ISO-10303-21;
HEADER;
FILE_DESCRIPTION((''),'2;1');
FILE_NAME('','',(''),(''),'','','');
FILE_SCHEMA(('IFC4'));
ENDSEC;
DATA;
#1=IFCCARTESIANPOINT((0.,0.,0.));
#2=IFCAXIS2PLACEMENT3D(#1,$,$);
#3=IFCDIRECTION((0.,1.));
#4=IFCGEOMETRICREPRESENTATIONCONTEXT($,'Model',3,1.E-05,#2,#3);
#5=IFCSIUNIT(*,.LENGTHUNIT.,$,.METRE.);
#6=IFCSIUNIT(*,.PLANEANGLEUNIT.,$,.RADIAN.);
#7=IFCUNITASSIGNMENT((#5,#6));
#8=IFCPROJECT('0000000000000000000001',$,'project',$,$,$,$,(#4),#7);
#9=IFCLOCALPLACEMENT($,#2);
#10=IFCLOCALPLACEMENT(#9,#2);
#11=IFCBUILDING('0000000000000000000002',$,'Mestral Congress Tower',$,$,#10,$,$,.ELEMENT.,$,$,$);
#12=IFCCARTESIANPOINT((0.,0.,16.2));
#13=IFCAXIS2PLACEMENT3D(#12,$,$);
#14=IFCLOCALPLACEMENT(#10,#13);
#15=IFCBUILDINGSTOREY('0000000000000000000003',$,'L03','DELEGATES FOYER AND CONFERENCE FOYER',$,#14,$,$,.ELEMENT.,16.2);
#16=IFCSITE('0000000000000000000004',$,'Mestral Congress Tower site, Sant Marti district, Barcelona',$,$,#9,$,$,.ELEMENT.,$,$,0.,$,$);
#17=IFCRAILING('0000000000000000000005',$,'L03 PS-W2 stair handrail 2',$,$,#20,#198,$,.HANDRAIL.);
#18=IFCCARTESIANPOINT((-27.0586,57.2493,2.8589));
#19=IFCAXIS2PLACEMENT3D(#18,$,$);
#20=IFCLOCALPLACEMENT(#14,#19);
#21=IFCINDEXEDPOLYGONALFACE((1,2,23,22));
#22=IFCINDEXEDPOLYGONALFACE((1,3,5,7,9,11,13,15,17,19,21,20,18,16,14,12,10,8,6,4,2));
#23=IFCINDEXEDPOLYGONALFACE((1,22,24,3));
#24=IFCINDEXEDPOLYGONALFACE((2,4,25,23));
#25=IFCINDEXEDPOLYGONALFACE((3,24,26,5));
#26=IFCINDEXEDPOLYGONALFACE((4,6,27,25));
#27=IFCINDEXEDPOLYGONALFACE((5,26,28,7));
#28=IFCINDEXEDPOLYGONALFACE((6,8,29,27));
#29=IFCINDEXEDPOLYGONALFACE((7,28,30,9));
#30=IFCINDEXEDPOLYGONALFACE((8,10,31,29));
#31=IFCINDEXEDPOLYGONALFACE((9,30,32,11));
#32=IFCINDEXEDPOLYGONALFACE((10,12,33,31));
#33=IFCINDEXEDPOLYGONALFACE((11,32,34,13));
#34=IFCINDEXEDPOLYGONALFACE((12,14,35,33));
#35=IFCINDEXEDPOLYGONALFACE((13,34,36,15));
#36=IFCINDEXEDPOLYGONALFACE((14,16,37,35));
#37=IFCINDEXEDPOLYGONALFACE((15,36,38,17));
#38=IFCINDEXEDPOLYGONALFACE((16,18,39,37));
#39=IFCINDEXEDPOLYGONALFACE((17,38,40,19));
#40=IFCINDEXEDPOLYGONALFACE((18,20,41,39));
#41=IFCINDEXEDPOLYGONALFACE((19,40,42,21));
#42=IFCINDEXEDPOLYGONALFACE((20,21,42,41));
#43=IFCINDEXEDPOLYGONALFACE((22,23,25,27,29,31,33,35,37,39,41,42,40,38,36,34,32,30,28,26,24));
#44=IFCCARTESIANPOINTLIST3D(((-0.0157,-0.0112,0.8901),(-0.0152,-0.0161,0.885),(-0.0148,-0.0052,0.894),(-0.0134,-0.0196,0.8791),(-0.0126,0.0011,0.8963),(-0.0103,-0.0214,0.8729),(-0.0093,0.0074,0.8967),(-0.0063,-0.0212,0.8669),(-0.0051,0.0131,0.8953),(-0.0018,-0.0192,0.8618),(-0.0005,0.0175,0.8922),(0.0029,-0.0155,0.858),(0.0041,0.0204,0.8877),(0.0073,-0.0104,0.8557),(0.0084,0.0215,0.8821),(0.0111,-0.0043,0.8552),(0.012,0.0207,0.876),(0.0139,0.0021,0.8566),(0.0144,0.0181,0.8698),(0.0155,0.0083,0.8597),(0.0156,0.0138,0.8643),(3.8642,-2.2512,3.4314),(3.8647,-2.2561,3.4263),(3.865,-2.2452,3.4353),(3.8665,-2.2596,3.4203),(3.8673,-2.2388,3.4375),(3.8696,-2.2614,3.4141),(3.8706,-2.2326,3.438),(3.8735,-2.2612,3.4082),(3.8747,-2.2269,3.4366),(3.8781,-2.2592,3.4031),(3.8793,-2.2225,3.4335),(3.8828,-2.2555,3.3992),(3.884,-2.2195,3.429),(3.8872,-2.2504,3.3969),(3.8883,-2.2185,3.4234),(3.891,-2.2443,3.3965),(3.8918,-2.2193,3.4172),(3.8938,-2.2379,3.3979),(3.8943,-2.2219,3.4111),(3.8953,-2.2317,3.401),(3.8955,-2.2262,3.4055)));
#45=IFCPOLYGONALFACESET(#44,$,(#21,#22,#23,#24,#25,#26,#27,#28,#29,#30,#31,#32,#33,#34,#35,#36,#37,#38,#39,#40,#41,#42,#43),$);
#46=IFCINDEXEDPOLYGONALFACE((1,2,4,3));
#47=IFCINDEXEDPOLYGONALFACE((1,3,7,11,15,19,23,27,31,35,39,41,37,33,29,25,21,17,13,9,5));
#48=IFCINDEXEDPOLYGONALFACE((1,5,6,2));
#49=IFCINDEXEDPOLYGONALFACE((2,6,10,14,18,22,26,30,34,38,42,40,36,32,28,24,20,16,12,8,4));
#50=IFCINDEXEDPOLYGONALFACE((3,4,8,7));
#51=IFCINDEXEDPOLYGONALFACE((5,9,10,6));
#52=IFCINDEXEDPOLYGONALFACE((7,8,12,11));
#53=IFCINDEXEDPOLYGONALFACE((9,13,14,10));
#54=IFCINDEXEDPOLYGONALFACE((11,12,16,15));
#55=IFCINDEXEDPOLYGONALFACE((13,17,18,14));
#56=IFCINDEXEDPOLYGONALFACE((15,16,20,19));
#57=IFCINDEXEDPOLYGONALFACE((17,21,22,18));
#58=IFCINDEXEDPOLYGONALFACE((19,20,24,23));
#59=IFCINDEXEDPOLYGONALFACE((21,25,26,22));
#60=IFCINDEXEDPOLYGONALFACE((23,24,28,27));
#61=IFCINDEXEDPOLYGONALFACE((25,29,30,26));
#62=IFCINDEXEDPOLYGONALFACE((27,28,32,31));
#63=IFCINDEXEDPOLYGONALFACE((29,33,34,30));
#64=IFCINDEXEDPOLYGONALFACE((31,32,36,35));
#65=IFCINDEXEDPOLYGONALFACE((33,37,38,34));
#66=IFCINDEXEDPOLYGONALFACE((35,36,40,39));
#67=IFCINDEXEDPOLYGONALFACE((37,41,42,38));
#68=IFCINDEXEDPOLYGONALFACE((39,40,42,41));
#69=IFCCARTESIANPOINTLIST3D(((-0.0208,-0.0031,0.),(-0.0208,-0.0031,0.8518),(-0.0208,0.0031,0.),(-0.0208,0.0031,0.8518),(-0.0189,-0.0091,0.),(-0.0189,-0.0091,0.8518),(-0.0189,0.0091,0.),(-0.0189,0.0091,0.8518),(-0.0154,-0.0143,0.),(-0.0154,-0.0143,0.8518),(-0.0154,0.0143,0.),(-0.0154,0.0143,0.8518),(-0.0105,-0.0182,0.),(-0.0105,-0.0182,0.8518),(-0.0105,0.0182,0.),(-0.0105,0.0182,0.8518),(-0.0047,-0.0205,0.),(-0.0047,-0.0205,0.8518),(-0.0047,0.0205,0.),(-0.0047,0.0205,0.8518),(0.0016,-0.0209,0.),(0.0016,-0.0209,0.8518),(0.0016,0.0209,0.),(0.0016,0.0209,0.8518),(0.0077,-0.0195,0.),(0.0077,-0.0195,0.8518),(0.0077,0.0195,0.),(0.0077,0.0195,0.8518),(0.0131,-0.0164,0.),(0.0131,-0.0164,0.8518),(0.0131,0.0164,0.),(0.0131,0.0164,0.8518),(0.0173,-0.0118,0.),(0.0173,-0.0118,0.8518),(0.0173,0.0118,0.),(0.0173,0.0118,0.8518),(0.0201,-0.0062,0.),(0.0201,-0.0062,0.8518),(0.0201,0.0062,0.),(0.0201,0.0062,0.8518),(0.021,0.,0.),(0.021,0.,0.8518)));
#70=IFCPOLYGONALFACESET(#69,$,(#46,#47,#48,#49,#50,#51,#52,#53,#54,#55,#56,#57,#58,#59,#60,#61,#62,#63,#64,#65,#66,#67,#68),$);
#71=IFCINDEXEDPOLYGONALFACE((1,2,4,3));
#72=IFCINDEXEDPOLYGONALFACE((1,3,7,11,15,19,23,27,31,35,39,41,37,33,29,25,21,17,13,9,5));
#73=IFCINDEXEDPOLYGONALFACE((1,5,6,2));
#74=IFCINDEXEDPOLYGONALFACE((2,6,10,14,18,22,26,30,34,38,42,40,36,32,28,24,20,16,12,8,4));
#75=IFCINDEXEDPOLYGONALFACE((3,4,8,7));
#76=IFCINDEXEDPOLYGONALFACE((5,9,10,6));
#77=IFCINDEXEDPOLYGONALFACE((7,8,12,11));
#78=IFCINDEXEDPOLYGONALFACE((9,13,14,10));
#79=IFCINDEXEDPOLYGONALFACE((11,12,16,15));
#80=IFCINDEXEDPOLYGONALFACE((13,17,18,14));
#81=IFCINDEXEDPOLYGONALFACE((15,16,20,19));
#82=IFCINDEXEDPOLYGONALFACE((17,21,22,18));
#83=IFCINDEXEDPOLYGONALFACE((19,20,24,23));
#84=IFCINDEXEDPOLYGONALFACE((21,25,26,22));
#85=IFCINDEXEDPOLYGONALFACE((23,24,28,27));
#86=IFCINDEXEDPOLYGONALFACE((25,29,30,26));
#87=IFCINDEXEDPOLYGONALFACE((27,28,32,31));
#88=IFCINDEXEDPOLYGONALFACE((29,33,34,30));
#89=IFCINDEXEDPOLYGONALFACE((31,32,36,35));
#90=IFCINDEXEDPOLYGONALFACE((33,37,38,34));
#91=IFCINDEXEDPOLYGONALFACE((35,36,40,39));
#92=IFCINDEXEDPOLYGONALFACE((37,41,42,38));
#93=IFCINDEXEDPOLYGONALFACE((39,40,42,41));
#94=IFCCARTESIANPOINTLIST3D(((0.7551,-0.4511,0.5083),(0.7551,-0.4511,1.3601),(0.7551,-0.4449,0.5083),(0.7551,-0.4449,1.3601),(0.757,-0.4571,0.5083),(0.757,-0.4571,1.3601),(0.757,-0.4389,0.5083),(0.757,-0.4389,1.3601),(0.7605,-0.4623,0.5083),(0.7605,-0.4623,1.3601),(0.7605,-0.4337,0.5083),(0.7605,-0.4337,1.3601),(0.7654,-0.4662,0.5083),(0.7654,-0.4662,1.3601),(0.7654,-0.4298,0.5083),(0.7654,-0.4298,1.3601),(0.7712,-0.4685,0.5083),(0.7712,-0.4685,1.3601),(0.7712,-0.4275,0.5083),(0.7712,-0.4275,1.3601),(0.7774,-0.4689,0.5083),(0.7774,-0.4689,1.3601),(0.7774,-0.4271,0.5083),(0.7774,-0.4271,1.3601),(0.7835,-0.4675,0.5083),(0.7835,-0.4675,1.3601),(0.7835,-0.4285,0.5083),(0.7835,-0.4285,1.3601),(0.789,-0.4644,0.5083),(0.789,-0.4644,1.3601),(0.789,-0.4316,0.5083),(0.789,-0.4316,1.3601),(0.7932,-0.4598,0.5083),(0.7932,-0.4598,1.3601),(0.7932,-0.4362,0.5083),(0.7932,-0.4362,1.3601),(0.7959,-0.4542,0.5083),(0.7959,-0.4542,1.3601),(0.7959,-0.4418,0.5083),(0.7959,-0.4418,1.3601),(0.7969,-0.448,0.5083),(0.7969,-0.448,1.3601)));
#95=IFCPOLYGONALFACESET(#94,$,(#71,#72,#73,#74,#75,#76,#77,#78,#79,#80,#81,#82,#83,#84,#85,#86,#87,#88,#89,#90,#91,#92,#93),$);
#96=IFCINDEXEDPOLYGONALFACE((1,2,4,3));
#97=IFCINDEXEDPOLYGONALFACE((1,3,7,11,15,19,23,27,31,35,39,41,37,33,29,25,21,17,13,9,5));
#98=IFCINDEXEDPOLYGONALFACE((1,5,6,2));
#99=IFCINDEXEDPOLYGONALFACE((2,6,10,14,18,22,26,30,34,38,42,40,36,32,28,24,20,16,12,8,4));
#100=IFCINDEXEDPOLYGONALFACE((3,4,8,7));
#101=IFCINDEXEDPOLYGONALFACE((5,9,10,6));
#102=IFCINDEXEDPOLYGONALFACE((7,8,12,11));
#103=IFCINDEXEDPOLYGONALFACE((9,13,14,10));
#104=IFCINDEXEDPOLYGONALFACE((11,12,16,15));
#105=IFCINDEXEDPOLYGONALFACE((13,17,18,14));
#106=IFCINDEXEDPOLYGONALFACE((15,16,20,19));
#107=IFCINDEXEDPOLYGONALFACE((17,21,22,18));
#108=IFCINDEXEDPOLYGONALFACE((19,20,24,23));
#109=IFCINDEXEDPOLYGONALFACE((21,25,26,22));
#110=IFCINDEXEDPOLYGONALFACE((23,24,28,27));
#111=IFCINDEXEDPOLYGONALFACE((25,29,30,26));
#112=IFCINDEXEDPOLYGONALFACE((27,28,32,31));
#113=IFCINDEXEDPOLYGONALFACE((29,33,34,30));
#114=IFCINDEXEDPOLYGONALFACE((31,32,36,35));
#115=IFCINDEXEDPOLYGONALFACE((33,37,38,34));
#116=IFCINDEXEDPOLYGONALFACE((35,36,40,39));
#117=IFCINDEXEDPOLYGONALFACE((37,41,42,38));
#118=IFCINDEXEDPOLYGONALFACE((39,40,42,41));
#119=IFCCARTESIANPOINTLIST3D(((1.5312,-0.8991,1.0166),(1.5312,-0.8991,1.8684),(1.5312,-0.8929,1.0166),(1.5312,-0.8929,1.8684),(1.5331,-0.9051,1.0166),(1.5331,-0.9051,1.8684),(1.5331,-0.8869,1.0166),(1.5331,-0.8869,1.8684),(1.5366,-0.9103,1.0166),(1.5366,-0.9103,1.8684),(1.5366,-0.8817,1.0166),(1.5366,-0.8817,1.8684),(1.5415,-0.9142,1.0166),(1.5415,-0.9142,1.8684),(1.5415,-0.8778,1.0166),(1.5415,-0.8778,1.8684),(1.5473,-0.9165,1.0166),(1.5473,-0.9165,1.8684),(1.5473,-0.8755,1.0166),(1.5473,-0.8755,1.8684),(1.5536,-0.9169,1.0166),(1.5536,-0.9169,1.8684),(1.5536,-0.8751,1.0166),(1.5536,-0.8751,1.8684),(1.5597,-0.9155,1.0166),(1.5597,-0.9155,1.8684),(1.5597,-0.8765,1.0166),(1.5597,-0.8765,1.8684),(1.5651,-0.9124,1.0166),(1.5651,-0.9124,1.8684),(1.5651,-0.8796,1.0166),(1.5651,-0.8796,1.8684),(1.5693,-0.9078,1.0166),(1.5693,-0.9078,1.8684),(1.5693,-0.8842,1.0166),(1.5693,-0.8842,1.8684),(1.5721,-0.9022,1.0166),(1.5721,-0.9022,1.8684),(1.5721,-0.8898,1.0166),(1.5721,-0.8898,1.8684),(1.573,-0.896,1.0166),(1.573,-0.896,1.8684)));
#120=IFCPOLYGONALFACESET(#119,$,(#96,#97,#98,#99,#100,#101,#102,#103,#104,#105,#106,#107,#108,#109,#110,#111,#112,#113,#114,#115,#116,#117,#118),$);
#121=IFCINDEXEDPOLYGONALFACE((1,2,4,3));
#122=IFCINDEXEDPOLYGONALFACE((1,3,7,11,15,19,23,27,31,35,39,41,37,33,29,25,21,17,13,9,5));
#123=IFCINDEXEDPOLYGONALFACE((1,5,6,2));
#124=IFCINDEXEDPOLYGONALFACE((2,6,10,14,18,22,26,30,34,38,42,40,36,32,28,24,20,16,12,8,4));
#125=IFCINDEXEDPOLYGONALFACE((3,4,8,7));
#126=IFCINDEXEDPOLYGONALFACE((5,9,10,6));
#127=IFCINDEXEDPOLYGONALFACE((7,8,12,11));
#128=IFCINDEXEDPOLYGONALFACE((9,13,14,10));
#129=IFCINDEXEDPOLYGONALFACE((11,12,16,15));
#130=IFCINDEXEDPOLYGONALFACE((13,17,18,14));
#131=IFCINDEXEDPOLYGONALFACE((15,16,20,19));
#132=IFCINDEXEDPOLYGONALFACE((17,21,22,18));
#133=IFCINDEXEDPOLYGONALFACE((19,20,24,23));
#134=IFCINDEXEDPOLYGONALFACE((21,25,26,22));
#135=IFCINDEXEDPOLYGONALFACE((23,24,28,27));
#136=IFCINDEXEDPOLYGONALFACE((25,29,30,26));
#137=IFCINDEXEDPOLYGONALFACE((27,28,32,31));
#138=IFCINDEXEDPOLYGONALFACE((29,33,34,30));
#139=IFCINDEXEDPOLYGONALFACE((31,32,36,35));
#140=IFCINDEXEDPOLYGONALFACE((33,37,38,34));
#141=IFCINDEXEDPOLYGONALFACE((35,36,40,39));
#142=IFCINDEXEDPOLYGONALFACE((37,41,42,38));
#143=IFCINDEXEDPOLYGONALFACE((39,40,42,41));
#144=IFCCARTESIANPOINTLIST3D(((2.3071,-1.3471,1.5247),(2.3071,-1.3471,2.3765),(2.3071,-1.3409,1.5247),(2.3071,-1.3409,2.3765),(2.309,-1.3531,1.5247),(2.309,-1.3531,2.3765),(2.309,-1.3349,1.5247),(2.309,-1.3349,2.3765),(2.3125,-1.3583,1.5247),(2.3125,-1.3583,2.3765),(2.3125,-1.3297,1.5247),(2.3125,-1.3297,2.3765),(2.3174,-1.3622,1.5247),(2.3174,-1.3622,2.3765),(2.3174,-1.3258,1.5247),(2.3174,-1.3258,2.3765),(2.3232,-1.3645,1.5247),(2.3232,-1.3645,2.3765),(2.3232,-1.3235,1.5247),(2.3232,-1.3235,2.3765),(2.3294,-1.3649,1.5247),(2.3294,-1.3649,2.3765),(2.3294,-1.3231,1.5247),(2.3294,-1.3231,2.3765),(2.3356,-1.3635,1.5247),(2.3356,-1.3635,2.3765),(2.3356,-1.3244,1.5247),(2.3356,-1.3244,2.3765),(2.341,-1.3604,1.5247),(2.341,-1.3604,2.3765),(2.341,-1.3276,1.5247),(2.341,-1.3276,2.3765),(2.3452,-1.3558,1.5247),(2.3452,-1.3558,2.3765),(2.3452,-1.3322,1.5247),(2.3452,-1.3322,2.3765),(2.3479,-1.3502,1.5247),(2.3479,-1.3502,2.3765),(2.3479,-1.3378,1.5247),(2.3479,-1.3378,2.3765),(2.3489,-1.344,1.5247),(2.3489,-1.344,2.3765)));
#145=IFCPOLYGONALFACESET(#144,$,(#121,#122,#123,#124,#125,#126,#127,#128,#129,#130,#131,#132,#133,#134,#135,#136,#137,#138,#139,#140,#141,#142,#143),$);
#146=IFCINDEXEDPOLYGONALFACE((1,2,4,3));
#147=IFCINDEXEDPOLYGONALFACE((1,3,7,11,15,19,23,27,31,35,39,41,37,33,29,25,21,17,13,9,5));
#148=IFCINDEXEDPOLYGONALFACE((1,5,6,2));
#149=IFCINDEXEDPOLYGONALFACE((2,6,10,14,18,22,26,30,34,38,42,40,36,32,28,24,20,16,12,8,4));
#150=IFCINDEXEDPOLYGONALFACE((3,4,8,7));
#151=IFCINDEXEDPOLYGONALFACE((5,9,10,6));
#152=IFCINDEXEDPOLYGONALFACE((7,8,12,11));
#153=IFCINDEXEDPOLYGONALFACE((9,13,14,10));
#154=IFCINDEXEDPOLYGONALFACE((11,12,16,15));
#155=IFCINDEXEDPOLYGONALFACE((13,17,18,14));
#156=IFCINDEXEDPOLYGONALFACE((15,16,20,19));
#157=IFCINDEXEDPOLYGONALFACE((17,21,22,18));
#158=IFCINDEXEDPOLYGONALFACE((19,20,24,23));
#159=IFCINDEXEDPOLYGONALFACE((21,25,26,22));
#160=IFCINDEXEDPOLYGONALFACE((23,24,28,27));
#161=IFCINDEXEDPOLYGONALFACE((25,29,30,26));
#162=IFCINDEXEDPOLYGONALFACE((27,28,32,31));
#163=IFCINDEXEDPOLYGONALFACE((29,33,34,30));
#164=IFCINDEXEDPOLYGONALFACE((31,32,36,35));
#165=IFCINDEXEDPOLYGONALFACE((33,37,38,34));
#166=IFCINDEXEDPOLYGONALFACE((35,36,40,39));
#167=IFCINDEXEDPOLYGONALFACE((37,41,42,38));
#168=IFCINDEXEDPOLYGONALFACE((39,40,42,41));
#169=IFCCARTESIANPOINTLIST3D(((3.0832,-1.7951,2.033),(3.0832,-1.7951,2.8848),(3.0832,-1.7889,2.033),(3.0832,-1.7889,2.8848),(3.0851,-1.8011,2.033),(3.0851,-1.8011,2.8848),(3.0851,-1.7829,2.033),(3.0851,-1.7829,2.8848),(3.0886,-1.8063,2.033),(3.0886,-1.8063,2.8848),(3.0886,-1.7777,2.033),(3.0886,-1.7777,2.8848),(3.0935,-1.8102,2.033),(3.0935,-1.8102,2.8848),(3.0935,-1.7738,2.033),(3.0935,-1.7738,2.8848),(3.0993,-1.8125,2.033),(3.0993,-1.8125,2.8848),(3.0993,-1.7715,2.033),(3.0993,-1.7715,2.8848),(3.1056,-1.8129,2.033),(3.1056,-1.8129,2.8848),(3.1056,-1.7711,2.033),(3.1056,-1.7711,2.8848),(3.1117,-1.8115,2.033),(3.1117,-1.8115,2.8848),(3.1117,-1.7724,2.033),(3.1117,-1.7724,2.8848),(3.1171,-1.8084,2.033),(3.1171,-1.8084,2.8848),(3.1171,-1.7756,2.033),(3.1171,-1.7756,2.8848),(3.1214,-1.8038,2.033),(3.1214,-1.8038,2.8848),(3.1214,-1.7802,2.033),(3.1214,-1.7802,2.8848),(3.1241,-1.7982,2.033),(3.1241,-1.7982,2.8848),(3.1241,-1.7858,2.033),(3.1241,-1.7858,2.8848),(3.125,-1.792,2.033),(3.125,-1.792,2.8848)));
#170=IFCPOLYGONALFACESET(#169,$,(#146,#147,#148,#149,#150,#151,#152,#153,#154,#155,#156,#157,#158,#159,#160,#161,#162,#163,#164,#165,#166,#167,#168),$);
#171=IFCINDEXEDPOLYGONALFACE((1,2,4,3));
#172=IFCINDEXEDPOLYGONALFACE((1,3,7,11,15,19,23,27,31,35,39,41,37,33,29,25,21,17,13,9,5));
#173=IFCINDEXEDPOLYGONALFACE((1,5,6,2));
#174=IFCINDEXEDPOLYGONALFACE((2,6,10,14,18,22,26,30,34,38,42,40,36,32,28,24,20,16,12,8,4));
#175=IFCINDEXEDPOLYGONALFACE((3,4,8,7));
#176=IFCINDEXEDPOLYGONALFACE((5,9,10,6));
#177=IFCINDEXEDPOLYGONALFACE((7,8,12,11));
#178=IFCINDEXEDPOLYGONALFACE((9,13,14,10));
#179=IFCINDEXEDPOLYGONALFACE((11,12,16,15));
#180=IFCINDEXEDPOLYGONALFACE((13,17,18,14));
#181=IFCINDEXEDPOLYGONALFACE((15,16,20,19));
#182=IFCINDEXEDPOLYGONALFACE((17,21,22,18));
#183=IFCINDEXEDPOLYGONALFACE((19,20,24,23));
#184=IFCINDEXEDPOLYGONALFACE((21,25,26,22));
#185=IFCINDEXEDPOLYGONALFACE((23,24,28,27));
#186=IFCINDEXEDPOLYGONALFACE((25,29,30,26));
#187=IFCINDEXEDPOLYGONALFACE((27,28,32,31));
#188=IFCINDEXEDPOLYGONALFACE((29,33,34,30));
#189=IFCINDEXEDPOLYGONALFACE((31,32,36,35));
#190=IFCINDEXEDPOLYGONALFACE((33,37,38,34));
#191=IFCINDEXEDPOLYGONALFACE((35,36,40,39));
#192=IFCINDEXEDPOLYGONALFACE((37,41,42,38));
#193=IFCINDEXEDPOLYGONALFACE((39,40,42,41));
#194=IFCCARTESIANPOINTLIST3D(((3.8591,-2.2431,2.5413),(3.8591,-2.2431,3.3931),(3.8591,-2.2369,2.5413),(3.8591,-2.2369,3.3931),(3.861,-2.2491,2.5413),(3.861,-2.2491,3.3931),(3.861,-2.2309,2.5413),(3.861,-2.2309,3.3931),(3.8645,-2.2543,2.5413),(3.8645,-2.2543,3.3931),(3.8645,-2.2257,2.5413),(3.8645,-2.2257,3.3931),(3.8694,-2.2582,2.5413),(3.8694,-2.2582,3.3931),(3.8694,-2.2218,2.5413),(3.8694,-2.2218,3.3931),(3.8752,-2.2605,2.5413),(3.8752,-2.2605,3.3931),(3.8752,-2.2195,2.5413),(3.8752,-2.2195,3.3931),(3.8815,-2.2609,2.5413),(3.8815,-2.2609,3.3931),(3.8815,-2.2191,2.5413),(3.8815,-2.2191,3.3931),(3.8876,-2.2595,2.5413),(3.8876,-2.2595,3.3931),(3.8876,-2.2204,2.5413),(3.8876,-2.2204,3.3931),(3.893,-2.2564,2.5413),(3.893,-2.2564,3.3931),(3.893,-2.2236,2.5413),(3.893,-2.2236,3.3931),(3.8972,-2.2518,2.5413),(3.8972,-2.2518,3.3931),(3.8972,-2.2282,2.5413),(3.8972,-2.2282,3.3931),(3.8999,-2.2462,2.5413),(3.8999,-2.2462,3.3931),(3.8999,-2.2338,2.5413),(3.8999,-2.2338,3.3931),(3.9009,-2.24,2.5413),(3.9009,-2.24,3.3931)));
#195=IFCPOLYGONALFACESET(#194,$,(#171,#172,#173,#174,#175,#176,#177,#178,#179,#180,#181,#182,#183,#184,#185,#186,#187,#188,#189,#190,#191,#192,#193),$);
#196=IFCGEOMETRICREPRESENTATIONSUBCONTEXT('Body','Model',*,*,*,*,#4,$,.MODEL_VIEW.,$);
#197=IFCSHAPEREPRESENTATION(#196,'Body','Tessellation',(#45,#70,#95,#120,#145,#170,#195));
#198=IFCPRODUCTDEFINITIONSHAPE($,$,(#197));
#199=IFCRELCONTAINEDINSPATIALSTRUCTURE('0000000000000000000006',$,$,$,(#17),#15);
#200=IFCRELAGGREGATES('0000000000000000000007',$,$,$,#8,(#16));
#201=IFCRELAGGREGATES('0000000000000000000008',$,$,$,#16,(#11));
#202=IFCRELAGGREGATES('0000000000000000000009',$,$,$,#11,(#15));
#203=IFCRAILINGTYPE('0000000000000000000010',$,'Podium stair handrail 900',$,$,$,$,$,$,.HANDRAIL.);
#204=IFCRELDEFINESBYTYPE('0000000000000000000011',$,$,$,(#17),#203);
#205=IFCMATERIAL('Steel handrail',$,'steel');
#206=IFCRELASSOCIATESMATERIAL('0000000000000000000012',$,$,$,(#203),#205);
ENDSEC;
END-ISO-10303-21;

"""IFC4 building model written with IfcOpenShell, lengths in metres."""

from ifc_helpers import new_model, si_unit, direction, frame, origin, origin_2d, place, context, subcontext, project, spatial, circle, extrude, material, type_object, element, save


model = new_model("IFC4")

# Units and contexts
model_context = context("Model", 3, precision=1e-05, world=origin(), true_north=direction((0.0, 1.0)))
body_context = subcontext(model_context, "Body", "Model", "MODEL_VIEW")
ifc_project = project(units=[si_unit("LENGTHUNIT", "METRE"), si_unit("PLANEANGLEUNIT", "RADIAN")], contexts=[model_context])

# Site, building, storey
site_placement = place(None, origin())
site = spatial("IfcSite", under=ifc_project, at=site_placement, Name="Mestral Congress Tower site, Sant Marti district, Barcelona", CompositionType="ELEMENT", RefElevation=0.0)
building_placement = place(site_placement, origin())
building = spatial("IfcBuilding", under=site, at=building_placement, Name="Mestral Congress Tower", CompositionType="ELEMENT")
storey_placement = place(building_placement, frame((0.0, 0.0, 16.2)))
storey = spatial("IfcBuildingStorey", under=building, at=storey_placement, Name="L03", Description="DELEGATES FOYER AND CONFERENCE FOYER", CompositionType="ELEMENT", Elevation=16.2)

# Railing
ifc_material_1 = material(Name="Steel handrail", Category="steel")
railing_type_1 = type_object("IfcRailingType", Name="Podium stair handrail 900", PredefinedType="HANDRAIL", material=ifc_material_1)
railing_1_placement = place(storey_placement, frame((-27.0586, 57.2493, 2.8589)))
element("IfcRailing", 1, at=railing_1_placement, inside=storey, type_object=railing_type_1, Name="L03 PS-W2 stair handrail 2", PredefinedType="HANDRAIL", context=body_context, shape_type="SweptSolid", body=[
    extrude(circle(Radius=0.0239, at=origin_2d()), frame((0.0, 0.0, 0.876), z_axis=(0.753282, -0.434896, 0.493388), x_axis=(0.49999, 0.866031, 0.0)), (0.0, 0.0, 1.0), 5.1506),
    extrude(circle(Radius=0.021, at=origin_2d()), origin(), (0.0, 0.0, 1.0), 0.8518),
    extrude(circle(Radius=0.021, at=origin_2d()), frame((0.7759, -0.448, 0.5083)), (0.0, 0.0, 1.0), 0.8518),
    extrude(circle(Radius=0.021, at=origin_2d()), frame((1.552, -0.896, 1.0166)), (0.0, 0.0, 1.0), 0.8518),
    extrude(circle(Radius=0.021, at=origin_2d()), frame((2.3279, -1.344, 1.5247)), (0.0, 0.0, 1.0), 0.8518),
    extrude(circle(Radius=0.021, at=origin_2d()), frame((3.104, -1.792, 2.033)), (0.0, 0.0, 1.0), 0.8518),
    extrude(circle(Radius=0.021, at=origin_2d()), frame((3.8799, -2.24, 2.5413)), (0.0, 0.0, 1.0), 0.8518),
])

save(model, "model.ifc")
